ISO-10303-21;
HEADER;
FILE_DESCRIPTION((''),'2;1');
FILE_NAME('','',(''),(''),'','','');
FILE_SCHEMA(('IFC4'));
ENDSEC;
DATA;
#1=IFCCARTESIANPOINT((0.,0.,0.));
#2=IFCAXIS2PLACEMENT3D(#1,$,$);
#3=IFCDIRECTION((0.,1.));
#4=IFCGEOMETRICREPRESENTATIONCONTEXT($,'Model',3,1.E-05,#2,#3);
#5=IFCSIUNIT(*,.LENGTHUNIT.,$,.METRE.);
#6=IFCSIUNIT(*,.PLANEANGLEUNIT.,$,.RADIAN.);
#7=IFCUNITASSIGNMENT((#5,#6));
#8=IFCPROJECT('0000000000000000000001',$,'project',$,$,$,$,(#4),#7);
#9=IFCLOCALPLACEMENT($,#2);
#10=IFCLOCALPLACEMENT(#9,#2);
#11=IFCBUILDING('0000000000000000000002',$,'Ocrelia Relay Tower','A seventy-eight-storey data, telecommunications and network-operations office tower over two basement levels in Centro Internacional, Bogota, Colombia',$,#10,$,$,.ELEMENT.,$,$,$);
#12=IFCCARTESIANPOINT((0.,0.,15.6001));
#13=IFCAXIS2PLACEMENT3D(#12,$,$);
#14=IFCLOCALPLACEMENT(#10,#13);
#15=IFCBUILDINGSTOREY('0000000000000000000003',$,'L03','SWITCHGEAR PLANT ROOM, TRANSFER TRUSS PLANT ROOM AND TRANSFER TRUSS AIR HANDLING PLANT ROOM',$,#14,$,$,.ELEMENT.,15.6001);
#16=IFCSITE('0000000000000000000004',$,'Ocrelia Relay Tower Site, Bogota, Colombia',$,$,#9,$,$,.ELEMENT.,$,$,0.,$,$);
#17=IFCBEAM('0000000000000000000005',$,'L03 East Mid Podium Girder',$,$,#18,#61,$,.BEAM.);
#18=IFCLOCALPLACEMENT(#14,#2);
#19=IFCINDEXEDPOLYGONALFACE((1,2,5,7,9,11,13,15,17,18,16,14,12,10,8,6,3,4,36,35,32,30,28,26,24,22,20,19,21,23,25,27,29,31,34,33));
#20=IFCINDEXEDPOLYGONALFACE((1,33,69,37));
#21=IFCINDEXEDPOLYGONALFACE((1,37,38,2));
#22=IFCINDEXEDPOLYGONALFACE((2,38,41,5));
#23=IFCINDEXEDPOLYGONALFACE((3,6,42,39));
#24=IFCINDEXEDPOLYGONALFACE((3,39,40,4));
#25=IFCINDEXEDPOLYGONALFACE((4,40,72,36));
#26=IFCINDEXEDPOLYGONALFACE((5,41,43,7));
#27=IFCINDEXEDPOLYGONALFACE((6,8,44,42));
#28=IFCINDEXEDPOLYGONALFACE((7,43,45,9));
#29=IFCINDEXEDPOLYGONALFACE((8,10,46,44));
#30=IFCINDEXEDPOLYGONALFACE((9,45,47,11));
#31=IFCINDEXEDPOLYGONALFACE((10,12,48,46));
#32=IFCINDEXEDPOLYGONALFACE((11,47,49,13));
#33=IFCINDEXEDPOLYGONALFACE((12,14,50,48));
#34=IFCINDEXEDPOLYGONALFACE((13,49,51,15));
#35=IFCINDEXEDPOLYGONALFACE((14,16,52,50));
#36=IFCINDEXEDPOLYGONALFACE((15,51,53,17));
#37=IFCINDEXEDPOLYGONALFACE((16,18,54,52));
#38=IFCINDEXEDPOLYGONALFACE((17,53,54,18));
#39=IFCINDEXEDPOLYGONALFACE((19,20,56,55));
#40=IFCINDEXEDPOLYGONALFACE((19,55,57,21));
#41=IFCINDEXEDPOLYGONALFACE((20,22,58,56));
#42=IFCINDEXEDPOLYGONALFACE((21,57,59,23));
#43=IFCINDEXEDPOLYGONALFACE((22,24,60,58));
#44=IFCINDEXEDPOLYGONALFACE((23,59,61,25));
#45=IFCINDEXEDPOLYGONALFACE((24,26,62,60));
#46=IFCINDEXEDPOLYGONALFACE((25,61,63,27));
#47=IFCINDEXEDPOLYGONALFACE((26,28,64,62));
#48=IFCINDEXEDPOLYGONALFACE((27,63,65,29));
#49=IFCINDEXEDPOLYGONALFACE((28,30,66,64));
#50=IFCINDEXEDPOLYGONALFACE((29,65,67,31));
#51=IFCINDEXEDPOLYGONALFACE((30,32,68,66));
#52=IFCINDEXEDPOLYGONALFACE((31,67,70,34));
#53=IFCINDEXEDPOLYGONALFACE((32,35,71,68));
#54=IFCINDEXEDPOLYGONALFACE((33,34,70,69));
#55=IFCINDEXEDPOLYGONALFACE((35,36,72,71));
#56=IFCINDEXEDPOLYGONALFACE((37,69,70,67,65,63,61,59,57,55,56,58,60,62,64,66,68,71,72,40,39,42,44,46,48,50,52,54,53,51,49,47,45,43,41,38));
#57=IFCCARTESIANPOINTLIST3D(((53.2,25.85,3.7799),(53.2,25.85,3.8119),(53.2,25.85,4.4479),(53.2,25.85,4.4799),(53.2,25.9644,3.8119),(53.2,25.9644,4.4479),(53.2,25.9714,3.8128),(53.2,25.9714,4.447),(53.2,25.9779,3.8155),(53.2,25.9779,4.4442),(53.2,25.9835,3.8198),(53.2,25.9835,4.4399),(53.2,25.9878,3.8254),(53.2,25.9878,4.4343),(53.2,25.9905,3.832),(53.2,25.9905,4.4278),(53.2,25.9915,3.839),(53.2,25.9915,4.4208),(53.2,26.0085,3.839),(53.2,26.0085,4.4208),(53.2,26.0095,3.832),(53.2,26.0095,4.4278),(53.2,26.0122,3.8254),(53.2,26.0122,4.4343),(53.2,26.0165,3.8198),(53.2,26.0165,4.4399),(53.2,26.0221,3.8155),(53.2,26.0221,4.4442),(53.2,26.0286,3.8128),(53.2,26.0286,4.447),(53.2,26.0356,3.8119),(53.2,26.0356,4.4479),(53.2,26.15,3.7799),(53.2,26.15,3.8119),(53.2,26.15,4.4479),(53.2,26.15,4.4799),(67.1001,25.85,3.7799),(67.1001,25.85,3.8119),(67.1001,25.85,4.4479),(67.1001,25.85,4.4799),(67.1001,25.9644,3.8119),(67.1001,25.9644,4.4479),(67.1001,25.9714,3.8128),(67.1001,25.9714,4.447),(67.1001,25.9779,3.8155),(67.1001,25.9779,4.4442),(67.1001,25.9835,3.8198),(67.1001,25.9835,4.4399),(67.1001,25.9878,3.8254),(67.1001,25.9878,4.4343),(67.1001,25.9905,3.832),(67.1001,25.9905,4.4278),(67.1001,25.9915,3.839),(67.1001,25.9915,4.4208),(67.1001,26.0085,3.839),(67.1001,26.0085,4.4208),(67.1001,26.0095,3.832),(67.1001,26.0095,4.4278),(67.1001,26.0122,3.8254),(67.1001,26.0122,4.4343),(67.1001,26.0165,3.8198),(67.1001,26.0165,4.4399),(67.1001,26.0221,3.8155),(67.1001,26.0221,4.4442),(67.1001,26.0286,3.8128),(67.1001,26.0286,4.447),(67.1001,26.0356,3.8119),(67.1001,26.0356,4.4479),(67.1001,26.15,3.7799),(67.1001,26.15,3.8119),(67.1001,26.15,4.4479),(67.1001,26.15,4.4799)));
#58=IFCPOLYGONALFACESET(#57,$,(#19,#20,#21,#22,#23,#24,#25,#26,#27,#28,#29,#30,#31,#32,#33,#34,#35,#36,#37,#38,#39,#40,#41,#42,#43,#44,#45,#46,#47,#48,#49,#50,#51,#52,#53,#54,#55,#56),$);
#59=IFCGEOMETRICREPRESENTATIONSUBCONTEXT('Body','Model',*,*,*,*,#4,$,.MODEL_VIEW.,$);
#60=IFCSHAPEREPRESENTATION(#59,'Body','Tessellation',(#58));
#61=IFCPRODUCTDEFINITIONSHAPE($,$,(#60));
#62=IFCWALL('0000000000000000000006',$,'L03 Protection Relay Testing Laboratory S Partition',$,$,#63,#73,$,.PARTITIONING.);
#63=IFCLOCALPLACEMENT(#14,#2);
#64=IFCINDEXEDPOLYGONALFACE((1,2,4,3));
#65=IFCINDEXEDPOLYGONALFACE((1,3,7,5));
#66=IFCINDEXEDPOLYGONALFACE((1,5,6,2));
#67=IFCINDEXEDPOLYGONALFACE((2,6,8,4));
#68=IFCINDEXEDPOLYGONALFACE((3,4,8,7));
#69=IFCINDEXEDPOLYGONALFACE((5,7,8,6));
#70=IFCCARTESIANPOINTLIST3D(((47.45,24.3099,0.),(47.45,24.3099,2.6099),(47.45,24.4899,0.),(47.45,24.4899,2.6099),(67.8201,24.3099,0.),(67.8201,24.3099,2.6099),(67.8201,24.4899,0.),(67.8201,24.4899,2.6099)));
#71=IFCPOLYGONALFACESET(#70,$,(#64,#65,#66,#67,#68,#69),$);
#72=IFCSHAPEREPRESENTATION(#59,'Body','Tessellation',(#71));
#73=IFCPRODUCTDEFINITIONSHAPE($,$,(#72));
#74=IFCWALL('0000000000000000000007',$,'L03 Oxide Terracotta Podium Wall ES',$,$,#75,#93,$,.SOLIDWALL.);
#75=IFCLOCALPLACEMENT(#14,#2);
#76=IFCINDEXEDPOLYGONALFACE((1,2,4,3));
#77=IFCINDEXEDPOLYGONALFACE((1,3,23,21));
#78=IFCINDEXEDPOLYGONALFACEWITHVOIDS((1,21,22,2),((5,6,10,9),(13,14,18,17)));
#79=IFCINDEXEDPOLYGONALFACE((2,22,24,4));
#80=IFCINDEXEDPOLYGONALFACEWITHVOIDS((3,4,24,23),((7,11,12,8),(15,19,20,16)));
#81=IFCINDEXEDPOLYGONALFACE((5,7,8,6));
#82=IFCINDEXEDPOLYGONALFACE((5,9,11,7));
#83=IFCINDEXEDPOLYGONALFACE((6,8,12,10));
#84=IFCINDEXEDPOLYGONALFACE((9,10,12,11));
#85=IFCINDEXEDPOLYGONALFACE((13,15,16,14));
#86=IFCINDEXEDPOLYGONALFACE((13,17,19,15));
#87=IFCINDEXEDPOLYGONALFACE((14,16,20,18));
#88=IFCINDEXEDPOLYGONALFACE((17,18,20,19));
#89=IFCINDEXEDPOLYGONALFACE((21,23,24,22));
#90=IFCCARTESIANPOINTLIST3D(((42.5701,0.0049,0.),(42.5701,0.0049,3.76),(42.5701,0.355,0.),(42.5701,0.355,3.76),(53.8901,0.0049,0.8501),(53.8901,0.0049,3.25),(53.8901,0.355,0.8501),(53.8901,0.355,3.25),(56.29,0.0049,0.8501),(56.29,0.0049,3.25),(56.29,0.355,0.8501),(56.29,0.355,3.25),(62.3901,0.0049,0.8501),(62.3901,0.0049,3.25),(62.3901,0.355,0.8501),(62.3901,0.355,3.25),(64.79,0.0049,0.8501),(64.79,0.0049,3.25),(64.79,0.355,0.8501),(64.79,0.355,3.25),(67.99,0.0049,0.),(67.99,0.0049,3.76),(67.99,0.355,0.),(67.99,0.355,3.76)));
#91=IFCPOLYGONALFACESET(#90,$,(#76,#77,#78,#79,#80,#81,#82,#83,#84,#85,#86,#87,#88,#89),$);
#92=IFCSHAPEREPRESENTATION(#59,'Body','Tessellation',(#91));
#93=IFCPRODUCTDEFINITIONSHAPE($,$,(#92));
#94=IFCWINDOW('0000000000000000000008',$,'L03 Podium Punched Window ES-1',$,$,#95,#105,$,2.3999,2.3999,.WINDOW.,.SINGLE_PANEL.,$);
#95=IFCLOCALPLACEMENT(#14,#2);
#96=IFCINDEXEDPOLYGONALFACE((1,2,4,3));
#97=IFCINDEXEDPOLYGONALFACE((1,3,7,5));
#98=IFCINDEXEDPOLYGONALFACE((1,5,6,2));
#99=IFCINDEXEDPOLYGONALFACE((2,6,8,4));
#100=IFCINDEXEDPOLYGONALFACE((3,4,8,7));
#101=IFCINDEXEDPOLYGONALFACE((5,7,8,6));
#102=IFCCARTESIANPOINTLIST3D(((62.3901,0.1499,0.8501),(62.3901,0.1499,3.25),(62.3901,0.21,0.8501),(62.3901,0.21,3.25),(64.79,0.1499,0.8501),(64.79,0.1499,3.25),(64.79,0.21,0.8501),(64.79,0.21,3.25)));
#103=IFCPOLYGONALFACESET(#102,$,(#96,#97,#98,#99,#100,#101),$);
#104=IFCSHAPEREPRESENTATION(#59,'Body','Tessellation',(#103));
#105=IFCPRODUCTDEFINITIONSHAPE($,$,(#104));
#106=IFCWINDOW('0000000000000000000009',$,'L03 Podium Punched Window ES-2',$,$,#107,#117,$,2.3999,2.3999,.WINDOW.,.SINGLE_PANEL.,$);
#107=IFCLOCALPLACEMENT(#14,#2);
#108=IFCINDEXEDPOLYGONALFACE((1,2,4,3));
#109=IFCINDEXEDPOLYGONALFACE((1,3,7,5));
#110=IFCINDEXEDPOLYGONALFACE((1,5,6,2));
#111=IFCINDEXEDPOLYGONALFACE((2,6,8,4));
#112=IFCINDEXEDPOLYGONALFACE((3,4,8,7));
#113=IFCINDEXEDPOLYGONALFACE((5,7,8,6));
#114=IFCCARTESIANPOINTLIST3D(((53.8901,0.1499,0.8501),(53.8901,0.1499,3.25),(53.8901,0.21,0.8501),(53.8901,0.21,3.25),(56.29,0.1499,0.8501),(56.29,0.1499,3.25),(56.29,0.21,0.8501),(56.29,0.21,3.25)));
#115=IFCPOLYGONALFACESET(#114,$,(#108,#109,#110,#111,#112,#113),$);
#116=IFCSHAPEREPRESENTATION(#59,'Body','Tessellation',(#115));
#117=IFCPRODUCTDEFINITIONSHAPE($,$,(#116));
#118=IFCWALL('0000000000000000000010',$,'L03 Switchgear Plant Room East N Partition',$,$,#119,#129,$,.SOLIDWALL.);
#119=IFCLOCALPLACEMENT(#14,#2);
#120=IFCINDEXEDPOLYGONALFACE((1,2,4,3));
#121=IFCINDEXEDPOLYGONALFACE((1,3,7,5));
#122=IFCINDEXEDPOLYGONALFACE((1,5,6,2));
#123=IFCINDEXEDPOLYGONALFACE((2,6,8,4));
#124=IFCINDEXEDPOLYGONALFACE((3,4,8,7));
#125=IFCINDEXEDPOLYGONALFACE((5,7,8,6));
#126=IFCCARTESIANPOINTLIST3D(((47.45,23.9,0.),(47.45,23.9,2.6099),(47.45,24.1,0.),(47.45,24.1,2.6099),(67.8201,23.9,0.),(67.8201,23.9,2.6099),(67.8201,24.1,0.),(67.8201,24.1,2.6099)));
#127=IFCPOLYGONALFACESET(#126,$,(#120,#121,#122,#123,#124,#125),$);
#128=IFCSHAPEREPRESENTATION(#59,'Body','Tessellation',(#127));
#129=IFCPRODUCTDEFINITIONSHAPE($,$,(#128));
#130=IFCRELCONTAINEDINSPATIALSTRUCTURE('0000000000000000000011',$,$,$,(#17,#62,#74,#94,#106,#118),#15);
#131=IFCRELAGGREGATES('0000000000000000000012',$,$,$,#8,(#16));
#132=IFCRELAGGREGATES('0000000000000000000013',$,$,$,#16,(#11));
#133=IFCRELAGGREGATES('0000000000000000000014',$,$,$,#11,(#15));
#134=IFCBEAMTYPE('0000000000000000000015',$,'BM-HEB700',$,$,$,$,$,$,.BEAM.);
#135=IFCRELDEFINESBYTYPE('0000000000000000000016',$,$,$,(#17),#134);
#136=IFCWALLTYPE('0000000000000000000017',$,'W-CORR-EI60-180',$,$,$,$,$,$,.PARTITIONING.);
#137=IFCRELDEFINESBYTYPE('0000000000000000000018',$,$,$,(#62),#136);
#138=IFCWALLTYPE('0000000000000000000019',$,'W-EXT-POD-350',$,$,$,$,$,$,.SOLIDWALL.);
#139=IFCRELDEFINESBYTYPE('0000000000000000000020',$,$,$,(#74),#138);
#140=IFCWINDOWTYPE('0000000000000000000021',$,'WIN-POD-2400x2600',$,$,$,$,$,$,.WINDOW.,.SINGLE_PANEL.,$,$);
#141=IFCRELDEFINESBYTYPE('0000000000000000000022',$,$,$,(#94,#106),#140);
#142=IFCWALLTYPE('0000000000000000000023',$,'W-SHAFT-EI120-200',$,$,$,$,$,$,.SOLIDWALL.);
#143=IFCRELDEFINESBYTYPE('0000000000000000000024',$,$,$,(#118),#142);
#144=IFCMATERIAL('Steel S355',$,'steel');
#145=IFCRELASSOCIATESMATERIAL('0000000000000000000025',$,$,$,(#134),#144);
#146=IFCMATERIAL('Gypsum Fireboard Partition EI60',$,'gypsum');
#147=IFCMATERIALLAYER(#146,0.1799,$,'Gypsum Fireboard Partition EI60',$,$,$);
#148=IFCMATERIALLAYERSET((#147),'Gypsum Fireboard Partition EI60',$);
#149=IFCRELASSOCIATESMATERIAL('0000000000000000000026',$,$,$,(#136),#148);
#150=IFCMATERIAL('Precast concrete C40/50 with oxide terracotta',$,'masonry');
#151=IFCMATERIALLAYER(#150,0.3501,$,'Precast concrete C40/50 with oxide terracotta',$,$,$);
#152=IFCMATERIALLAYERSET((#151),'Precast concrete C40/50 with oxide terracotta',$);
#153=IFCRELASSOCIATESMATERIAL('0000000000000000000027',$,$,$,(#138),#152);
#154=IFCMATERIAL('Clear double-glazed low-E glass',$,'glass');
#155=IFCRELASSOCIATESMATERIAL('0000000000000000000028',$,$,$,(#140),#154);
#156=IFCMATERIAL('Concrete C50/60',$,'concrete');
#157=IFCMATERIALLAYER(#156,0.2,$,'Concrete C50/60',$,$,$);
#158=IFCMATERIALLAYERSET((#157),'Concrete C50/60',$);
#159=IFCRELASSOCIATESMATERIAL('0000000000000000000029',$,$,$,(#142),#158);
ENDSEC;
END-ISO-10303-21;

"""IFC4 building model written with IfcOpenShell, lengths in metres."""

from ifc_helpers import new_model, si_unit, direction, frame, frame_2d, origin, origin_2d, place, context, subcontext, project, spatial, rectangle, i_section, extrude, material, layer, layer_set, material_profile, profile_set, type_object, element, fill, save


model = new_model("IFC4")

# Units and contexts
model_context = context("Model", 3, precision=1e-05, world=origin(), true_north=direction((0.0, 1.0)))
body_context = subcontext(model_context, "Body", "Model", "MODEL_VIEW")
ifc_project = project(units=[si_unit("LENGTHUNIT", "METRE"), si_unit("PLANEANGLEUNIT", "RADIAN")], contexts=[model_context])

# Site, building, storey
site_placement = place(None, origin())
site = spatial("IfcSite", under=ifc_project, at=site_placement, Name="Ocrelia Relay Tower Site, Bogota, Colombia", CompositionType="ELEMENT", RefElevation=0.0)
building_placement = place(site_placement, origin())
building = spatial("IfcBuilding", under=site, at=building_placement, Name="Ocrelia Relay Tower", Description="A seventy-eight-storey data, telecommunications and network-operations office tower over two basement levels in Centro Internacional, Bogota, Colombia", CompositionType="ELEMENT")
storey_placement = place(building_placement, frame((0.0, 0.0, 15.6001)))
storey = spatial("IfcBuildingStorey", under=building, at=storey_placement, Name="L03", Description="SWITCHGEAR PLANT ROOM, TRANSFER TRUSS PLANT ROOM AND TRANSFER TRUSS AIR HANDLING PLANT ROOM", CompositionType="ELEMENT", Elevation=15.6001)

# Beam
ifc_material_1 = material(Name="Steel S355", Category="steel")
ifc_material_profile_1 = material_profile(ifc_material_1, i_section(OverallWidth=0.3, OverallDepth=0.7, WebThickness=0.0171, FlangeThickness=0.032, FilletRadius=0.0271, at=origin_2d()), Name="HEB 700")
ifc_profile_set_1 = profile_set([ifc_material_profile_1], Name="Steel S355")
beam_type_1 = type_object("IfcBeamType", Name="BM-HEB700", PredefinedType="BEAM", material=ifc_profile_set_1)
for number, where, z_axis, x_axis, name in (
    (1, (53.2, 26.0, 4.1299), (1.0, 0.0, 0.0), (0.0, 1.0, 0.0), "L03 East Mid Podium Girder"),
):
    element("IfcBeam", number, at=place(storey_placement, frame(where, z_axis=z_axis, x_axis=x_axis)), inside=storey, type_object=beam_type_1, Name=name, PredefinedType="BEAM", context=body_context, shape_type="SweptSolid", body=[
        extrude(i_section(OverallWidth=0.3, OverallDepth=0.7, WebThickness=0.0171, FlangeThickness=0.032, FilletRadius=0.0271, at=origin_2d()), origin(), (0.0, 0.0, 1.0), 13.9001),
    ])

# Wall
ifc_material_2 = material(Name="Gypsum Fireboard Partition EI60", Category="gypsum")
ifc_layer_1 = layer(ifc_material_2, 0.1799, Name="Gypsum Fireboard Partition EI60")
ifc_layer_set_1 = layer_set([ifc_layer_1], Name="Gypsum Fireboard Partition EI60")
wall_type_1 = type_object("IfcWallType", Name="W-CORR-EI60-180", PredefinedType="PARTITIONING", material=ifc_layer_set_1)
wall_1_placement = place(storey_placement, frame((47.45, 24.3999, 0.0), z_axis=(0.0, 0.0, 1.0), x_axis=(1.0, 0.0, 0.0)))
element("IfcWall", 2, at=wall_1_placement, inside=storey, type_object=wall_type_1, Name="L03 Protection Relay Testing Laboratory S Partition", PredefinedType="PARTITIONING", context=body_context, shape_type="SweptSolid", body=[
    extrude(rectangle(XDim=20.3701, YDim=0.1799, at=frame_2d((10.1851, 0.0))), origin(), (0.0, 0.0, 1.0), 2.6099),
])

# Wall, openings, windows
ifc_material_3 = material(Name="Precast concrete C40/50 with oxide terracotta", Category="masonry")
ifc_layer_2 = layer(ifc_material_3, 0.3501, Name="Precast concrete C40/50 with oxide terracotta")
ifc_layer_set_2 = layer_set([ifc_layer_2], Name="Precast concrete C40/50 with oxide terracotta")
wall_type_2 = type_object("IfcWallType", Name="W-EXT-POD-350", PredefinedType="SOLIDWALL", material=ifc_layer_set_2)
wall_2_placement = place(storey_placement, frame((67.99, 0.1799, 0.0), z_axis=(0.0, 0.0, 1.0), x_axis=(-1.0, 0.0, 0.0)))
wall_2 = element("IfcWall", 3, at=wall_2_placement, inside=storey, type_object=wall_type_2, Name="L03 Oxide Terracotta Podium Wall ES", PredefinedType="SOLIDWALL", context=body_context, shape_type="SweptSolid", body=[
    extrude(rectangle(XDim=25.4199, YDim=0.3501, at=frame_2d((12.71, 0.0))), origin(), (0.0, 0.0, 1.0), 3.76),
])
opening_1_placement = place(wall_2_placement, frame((3.2, 0.0, 0.8501)))
opening_1 = element("IfcOpeningElement", 4, at=opening_1_placement, cuts=wall_2, PredefinedType="OPENING", context=body_context, shape_type="SweptSolid", body=[
    extrude(rectangle(XDim=2.3999, YDim=2.3999, at=frame_2d((1.2, 1.2))), frame((0.0, 0.1851, 0.0), z_axis=(0.0, -1.0, 0.0), x_axis=(1.0, 0.0, 0.0)), (0.0, 0.0, 1.0), 0.3701),
])
opening_2_placement = place(wall_2_placement, frame((11.7, 0.0, 0.8501)))
opening_2 = element("IfcOpeningElement", 5, at=opening_2_placement, cuts=wall_2, PredefinedType="OPENING", context=body_context, shape_type="SweptSolid", body=[
    extrude(rectangle(XDim=2.3999, YDim=2.3999, at=frame_2d((1.2, 1.2))), frame((0.0, 0.1851, 0.0), z_axis=(0.0, -1.0, 0.0), x_axis=(1.0, 0.0, 0.0)), (0.0, 0.0, 1.0), 0.3701),
])
ifc_material_4 = material(Name="Clear double-glazed low-E glass", Category="glass")
window_type = type_object("IfcWindowType", Name="WIN-POD-2400x2600", PartitioningType="SINGLE_PANEL", PredefinedType="WINDOW", material=ifc_material_4)
window_1_placement = place(opening_1_placement, origin())
window_1 = element("IfcWindow", 6, at=window_1_placement, inside=storey, type_object=window_type, Name="L03 Podium Punched Window ES-1", OverallHeight=2.3999, OverallWidth=2.3999, PartitioningType="SINGLE_PANEL", PredefinedType="WINDOW", context=body_context, shape_type="SweptSolid", body=[
    extrude(rectangle(XDim=2.3999, YDim=2.3999, at=frame_2d((1.2, 1.2))), frame((0.0, 0.03, 0.0), z_axis=(0.0, -1.0, 0.0), x_axis=(1.0, 0.0, 0.0)), (0.0, 0.0, 1.0), 0.0601),
])
fill(opening_1, window_1)
window_2_placement = place(opening_2_placement, origin())
window_2 = element("IfcWindow", 7, at=window_2_placement, inside=storey, type_object=window_type, Name="L03 Podium Punched Window ES-2", OverallHeight=2.3999, OverallWidth=2.3999, PartitioningType="SINGLE_PANEL", PredefinedType="WINDOW", context=body_context, shape_type="SweptSolid", body=[
    extrude(rectangle(XDim=2.3999, YDim=2.3999, at=frame_2d((1.2, 1.2))), frame((0.0, 0.03, 0.0), z_axis=(0.0, -1.0, 0.0), x_axis=(1.0, 0.0, 0.0)), (0.0, 0.0, 1.0), 0.0601),
])
fill(opening_2, window_2)

# Wall
ifc_material_5 = material(Name="Concrete C50/60", Category="concrete")
ifc_layer_3 = layer(ifc_material_5, 0.2, Name="Concrete C50/60")
ifc_layer_set_3 = layer_set([ifc_layer_3], Name="Concrete C50/60")
wall_type_3 = type_object("IfcWallType", Name="W-SHAFT-EI120-200", PredefinedType="SOLIDWALL", material=ifc_layer_set_3)
wall_3_placement = place(storey_placement, frame((67.8201, 24.0, 0.0), z_axis=(0.0, 0.0, 1.0), x_axis=(-1.0, 0.0, 0.0)))
element("IfcWall", 8, at=wall_3_placement, inside=storey, type_object=wall_type_3, Name="L03 Switchgear Plant Room East N Partition", PredefinedType="SOLIDWALL", context=body_context, shape_type="SweptSolid", body=[
    extrude(rectangle(XDim=20.3701, YDim=0.2, at=frame_2d((10.1851, 0.0))), origin(), (0.0, 0.0, 1.0), 2.6099),
])

save(model, "model.ifc")
